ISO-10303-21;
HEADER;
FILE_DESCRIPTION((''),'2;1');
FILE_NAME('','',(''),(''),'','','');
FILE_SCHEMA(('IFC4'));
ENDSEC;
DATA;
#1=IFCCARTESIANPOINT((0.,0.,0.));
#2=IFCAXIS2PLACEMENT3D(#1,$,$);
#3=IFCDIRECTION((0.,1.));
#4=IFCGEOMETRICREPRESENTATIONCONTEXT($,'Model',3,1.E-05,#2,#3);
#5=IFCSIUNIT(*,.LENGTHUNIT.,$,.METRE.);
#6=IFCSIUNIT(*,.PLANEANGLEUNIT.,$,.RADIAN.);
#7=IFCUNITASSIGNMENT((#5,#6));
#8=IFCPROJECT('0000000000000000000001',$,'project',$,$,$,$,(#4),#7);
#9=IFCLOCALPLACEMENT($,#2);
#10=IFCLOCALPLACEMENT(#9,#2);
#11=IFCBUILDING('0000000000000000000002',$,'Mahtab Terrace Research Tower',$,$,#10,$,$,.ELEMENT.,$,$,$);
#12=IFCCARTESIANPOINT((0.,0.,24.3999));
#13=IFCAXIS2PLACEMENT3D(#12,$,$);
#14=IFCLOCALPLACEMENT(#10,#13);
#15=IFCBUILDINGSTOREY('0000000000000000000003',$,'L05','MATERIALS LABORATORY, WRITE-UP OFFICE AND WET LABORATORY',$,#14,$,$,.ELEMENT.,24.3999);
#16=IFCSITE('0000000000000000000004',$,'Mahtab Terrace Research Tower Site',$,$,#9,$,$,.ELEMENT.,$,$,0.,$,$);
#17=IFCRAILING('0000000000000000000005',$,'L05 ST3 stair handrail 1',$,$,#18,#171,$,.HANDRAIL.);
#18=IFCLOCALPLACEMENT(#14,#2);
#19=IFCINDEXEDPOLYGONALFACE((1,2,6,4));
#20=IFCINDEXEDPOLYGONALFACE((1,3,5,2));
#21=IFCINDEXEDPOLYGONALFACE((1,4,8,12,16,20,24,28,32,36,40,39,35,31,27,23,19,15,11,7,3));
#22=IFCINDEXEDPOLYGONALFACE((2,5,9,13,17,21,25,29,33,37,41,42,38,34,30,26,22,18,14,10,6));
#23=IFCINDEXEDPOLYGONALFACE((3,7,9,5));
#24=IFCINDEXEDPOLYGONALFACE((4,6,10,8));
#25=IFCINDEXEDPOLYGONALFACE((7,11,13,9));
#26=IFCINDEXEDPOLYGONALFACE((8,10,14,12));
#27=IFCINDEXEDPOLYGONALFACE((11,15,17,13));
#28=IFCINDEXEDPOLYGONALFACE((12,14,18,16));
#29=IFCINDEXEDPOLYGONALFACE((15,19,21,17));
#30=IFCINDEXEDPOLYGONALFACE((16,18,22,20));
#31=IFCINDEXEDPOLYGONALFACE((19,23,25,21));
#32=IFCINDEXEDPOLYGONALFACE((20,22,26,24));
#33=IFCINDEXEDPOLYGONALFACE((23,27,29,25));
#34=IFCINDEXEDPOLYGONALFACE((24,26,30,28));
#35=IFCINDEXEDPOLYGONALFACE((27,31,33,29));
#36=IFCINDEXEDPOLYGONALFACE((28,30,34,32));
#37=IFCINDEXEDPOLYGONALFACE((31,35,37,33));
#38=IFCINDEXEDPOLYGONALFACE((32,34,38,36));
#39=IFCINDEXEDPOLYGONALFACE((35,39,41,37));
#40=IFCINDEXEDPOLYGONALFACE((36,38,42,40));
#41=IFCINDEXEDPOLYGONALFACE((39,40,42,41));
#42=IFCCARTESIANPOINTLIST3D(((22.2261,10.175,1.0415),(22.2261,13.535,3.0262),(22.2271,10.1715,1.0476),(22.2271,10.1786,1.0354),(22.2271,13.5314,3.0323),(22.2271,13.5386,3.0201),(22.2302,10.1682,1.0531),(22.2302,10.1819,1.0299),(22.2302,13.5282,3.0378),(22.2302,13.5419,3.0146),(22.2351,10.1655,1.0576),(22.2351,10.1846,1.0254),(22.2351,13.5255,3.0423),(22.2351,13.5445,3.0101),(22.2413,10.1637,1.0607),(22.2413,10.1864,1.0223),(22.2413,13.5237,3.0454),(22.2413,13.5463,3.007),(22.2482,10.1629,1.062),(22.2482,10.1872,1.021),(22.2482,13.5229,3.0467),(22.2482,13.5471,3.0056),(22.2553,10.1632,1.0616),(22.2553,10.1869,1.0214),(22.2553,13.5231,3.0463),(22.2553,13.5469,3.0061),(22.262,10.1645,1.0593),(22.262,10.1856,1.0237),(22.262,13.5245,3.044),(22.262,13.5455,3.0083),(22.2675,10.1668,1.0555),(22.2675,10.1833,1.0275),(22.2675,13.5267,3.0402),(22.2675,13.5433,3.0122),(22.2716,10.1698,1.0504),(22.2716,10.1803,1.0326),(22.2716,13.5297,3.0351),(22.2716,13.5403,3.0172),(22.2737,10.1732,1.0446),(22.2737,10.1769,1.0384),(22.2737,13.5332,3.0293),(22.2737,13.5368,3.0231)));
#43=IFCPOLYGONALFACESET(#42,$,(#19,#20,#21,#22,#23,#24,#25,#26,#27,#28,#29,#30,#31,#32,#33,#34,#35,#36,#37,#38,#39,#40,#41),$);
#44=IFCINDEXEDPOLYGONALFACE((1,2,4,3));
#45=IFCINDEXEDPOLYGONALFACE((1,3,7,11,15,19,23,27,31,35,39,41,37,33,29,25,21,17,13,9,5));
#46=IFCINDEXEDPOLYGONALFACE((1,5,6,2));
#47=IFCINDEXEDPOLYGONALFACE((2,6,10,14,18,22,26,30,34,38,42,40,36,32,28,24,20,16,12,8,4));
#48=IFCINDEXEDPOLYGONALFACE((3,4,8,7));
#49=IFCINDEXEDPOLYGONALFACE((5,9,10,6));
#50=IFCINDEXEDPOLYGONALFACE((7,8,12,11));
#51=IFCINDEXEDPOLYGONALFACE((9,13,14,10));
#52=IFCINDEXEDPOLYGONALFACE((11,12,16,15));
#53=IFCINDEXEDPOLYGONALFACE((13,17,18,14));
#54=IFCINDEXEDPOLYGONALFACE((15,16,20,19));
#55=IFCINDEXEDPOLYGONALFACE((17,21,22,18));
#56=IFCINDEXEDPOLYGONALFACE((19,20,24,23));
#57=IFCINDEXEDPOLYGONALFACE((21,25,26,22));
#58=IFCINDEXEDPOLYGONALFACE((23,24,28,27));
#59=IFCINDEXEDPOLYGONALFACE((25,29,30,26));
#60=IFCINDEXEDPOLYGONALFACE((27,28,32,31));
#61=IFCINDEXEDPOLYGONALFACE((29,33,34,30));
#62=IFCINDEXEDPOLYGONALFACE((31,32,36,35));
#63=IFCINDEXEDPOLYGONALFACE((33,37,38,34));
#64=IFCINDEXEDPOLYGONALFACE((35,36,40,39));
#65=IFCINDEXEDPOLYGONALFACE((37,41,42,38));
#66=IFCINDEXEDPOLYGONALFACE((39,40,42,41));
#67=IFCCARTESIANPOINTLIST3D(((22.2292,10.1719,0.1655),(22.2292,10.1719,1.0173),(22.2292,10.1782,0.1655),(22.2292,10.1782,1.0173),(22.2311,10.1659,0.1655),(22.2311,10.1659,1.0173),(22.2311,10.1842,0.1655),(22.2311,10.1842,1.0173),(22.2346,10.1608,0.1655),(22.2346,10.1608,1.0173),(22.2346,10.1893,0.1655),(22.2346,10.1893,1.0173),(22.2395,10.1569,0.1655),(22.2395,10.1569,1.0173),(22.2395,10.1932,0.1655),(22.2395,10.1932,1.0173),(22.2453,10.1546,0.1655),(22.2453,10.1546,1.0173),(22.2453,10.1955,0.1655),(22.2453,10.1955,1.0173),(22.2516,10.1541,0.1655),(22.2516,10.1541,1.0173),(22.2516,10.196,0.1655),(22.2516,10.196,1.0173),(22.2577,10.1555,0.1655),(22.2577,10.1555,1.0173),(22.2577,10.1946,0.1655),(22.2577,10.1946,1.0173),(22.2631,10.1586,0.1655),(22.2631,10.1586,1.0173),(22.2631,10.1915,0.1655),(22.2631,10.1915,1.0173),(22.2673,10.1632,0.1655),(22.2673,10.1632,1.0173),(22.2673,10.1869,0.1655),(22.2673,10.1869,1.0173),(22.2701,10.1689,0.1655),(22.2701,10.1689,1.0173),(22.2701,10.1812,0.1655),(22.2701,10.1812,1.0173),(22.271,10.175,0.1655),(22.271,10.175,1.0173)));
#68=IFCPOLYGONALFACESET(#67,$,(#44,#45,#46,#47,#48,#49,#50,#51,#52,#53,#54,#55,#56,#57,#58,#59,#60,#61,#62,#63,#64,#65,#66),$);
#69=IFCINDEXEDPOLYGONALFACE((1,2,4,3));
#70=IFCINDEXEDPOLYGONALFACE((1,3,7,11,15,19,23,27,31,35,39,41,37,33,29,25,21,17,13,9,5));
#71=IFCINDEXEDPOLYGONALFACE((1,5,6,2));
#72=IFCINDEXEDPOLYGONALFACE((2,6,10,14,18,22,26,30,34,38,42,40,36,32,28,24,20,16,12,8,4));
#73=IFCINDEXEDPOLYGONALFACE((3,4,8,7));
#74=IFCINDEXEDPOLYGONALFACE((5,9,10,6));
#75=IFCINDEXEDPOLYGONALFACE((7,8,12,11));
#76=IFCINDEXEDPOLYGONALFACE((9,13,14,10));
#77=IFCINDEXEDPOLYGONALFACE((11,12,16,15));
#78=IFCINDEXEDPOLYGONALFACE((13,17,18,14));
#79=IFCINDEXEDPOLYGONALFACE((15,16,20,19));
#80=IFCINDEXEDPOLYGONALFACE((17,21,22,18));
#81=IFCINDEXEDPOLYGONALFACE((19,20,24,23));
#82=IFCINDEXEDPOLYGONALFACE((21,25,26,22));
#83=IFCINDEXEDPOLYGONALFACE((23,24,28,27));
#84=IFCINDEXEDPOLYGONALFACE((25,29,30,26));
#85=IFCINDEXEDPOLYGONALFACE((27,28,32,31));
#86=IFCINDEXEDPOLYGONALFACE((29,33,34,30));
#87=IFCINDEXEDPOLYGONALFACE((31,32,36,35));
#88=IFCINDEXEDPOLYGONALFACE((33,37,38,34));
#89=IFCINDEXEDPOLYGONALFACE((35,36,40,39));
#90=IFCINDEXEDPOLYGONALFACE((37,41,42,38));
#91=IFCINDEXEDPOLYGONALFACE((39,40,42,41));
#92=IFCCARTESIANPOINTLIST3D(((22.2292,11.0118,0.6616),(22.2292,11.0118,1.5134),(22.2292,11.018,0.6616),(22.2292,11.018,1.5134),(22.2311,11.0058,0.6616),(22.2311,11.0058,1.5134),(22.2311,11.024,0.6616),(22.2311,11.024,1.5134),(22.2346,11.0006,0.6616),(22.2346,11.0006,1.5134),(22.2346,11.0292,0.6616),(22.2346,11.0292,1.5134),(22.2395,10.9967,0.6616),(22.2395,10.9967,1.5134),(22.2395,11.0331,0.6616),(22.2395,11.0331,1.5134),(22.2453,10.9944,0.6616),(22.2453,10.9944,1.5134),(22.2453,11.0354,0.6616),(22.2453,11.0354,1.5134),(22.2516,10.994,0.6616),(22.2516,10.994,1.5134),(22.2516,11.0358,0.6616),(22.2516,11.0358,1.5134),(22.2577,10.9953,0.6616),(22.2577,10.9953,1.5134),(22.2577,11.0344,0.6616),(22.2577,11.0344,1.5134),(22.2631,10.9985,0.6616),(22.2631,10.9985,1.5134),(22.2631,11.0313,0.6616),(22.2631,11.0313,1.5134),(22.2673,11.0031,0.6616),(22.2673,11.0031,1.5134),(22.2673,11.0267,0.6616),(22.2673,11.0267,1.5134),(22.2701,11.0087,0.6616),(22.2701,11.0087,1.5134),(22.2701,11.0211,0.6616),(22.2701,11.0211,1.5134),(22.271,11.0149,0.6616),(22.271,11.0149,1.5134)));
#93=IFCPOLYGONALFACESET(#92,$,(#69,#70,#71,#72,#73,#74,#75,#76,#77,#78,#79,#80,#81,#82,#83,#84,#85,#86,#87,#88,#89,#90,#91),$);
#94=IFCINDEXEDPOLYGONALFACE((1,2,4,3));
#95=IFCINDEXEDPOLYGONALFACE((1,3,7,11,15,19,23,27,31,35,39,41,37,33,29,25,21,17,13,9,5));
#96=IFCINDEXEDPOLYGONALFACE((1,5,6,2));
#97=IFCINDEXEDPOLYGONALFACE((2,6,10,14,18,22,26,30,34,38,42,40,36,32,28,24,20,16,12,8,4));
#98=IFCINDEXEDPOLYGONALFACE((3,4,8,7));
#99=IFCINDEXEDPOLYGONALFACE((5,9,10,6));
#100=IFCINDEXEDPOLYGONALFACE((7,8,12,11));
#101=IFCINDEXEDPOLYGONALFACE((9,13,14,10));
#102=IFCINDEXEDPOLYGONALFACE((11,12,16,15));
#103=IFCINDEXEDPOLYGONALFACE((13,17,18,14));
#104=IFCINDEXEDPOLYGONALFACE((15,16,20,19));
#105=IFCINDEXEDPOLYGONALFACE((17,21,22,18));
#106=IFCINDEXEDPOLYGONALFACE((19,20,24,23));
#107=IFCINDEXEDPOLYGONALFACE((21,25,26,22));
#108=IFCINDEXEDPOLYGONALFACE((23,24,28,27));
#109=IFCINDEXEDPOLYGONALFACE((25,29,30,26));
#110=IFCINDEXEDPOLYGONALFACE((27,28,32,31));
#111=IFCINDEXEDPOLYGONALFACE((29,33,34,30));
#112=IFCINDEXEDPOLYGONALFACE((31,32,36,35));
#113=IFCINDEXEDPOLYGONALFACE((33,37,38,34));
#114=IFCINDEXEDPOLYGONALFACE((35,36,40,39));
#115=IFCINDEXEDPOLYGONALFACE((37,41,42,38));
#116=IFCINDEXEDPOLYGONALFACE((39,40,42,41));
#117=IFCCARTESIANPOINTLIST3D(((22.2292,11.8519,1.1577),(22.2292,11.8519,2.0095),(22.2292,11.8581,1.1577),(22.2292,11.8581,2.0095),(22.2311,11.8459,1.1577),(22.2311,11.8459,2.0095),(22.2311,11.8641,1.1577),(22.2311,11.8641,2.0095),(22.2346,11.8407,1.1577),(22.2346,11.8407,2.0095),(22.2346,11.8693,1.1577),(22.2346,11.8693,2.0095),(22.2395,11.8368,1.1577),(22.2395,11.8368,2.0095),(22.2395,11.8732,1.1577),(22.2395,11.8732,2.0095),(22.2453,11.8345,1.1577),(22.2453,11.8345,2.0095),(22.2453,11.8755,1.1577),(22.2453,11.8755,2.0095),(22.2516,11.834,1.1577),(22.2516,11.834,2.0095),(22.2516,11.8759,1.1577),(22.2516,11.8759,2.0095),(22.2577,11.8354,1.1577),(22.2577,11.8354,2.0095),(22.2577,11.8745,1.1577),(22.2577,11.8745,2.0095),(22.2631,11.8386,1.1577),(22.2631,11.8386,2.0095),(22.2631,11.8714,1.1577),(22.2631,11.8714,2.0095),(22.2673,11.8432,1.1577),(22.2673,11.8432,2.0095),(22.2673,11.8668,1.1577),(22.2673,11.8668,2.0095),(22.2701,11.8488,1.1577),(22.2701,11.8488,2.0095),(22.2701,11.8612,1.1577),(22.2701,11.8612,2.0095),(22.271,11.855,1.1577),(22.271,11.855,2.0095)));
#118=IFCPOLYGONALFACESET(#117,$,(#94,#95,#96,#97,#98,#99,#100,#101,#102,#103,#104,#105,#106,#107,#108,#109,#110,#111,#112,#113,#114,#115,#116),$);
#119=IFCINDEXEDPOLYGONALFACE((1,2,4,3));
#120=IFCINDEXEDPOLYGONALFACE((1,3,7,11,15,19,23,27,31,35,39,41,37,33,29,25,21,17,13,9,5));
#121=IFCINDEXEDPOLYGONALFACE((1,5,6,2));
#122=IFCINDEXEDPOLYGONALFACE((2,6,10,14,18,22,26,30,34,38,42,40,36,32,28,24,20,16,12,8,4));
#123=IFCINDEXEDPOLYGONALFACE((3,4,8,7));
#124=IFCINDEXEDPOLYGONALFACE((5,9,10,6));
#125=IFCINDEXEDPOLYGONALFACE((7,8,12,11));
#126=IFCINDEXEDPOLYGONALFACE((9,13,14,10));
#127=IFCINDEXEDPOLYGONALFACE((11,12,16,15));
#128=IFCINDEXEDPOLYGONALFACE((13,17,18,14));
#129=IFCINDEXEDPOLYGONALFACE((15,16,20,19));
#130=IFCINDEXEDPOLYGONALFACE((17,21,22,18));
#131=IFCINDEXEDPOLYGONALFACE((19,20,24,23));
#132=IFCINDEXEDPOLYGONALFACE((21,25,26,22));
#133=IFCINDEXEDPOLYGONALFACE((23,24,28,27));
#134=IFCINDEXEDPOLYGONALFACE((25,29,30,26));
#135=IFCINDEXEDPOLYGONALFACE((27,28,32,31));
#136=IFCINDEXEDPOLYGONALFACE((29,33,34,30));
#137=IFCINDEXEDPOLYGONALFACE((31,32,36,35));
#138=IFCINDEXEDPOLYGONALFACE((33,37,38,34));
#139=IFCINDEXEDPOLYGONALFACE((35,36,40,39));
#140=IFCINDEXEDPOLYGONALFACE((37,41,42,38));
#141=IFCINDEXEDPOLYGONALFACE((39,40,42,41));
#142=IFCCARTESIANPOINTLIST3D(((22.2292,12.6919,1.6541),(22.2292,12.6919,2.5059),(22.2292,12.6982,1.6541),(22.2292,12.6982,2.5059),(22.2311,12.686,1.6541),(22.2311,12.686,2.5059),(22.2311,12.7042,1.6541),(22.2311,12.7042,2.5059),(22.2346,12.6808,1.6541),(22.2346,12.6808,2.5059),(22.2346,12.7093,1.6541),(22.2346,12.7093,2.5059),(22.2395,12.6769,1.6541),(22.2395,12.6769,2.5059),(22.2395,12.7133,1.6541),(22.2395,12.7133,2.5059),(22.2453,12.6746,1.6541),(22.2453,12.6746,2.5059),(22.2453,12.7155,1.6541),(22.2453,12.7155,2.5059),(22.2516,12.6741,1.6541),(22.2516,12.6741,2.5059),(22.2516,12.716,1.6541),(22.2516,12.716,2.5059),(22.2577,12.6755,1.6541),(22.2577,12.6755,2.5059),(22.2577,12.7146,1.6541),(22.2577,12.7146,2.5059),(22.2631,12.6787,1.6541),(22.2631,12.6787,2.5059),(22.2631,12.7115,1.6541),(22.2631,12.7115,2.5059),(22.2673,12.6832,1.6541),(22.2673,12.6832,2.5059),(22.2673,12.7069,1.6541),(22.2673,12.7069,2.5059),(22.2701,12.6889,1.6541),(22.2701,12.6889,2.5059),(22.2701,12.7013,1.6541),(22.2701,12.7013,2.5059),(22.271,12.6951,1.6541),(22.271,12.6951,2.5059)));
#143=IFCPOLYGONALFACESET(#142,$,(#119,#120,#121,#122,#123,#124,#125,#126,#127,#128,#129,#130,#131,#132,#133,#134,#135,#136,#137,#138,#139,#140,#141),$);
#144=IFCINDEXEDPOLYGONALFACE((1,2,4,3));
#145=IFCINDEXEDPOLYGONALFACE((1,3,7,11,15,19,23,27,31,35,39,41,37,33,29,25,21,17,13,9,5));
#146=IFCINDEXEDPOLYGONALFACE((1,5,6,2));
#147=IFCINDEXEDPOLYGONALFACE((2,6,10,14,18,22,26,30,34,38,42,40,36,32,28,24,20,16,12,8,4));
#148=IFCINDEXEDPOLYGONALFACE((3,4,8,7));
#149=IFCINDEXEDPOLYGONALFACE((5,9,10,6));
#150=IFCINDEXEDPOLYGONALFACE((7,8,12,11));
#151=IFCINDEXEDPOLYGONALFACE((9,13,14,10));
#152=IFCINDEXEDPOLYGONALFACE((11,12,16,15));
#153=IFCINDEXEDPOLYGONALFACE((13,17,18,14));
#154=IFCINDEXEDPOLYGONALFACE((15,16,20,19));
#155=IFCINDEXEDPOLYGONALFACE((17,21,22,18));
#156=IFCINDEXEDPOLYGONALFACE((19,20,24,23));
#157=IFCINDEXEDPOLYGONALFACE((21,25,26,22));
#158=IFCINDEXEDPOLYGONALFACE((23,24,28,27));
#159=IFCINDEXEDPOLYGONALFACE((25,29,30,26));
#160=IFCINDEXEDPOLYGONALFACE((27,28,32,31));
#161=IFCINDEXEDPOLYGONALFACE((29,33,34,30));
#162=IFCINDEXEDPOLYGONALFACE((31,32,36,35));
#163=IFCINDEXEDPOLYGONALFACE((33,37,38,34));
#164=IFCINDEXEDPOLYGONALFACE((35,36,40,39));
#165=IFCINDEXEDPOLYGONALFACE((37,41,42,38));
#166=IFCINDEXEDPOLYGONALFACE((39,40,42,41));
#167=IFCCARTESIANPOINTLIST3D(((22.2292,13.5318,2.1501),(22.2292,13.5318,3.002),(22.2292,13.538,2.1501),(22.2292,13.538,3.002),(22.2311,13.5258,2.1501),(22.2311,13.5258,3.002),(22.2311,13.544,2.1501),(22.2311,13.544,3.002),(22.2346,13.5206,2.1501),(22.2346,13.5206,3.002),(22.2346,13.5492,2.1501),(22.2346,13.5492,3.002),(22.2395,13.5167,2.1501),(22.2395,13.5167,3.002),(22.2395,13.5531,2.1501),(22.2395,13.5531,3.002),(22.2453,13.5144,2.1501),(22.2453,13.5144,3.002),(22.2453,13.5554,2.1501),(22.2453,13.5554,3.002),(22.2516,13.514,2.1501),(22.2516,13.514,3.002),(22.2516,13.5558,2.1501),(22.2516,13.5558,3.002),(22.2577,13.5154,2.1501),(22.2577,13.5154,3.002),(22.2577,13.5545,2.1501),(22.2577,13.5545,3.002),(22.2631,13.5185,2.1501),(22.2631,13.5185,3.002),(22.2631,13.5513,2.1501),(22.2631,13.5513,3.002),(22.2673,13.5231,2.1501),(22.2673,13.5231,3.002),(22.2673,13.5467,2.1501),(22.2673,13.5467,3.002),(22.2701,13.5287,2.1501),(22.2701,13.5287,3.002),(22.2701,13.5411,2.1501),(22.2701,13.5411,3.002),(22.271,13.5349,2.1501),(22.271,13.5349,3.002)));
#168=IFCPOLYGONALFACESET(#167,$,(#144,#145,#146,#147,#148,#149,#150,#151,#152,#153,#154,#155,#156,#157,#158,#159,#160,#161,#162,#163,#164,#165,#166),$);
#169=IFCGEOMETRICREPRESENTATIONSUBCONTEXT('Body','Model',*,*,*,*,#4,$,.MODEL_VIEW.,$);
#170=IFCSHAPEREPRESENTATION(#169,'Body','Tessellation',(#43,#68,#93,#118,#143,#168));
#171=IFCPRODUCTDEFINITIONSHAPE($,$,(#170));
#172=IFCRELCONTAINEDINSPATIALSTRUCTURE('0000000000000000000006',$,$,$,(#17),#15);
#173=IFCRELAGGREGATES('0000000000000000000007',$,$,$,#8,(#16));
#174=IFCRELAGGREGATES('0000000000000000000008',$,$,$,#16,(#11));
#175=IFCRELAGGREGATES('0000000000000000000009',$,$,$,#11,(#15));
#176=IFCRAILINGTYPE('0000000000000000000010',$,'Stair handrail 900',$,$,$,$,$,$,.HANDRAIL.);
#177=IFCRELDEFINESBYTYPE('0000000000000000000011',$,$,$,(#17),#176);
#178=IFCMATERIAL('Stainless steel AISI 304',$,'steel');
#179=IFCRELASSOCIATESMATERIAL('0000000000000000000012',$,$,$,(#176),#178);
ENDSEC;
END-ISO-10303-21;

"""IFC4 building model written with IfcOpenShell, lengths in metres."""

from ifc_helpers import new_model, si_unit, direction, frame, origin, origin_2d, place, context, subcontext, project, spatial, circle, extrude, material, type_object, element, save


model = new_model("IFC4")

# Units and contexts
model_context = context("Model", 3, precision=1e-05, world=origin(), true_north=direction((0.0, 1.0)))
body_context = subcontext(model_context, "Body", "Model", "MODEL_VIEW")
ifc_project = project(units=[si_unit("LENGTHUNIT", "METRE"), si_unit("PLANEANGLEUNIT", "RADIAN")], contexts=[model_context])

# Site, building, storey
site_placement = place(None, origin())
site = spatial("IfcSite", under=ifc_project, at=site_placement, Name="Mahtab Terrace Research Tower Site", CompositionType="ELEMENT", RefElevation=0.0)
building_placement = place(site_placement, origin())
building = spatial("IfcBuilding", under=site, at=building_placement, Name="Mahtab Terrace Research Tower", CompositionType="ELEMENT")
storey_placement = place(building_placement, frame((0.0, 0.0, 24.3999)))
storey = spatial("IfcBuildingStorey", under=building, at=storey_placement, Name="L05", Description="MATERIALS LABORATORY, WRITE-UP OFFICE AND WET LABORATORY", CompositionType="ELEMENT", Elevation=24.3999)

# Railing
ifc_material_1 = material(Name="Stainless steel AISI 304", Category="steel")
railing_type_1 = type_object("IfcRailingType", Name="Stair handrail 900", PredefinedType="HANDRAIL", material=ifc_material_1)
railing_1_placement = place(storey_placement, frame((22.25, 10.175, 0.1655)))
element("IfcRailing", 1, at=railing_1_placement, inside=storey, type_object=railing_type_1, Name="L05 ST3 stair handrail 1", PredefinedType="HANDRAIL", context=body_context, shape_type="SweptSolid", body=[
    extrude(circle(Radius=0.0239, at=origin_2d()), frame((0.0, 0.0, 0.876), z_axis=(0.0, 0.861011, 0.508586), x_axis=(-1.0, 0.0, 0.0)), (0.0, 0.0, 1.0), 3.9023),
    extrude(circle(Radius=0.021, at=origin_2d()), origin(), (0.0, 0.0, 1.0), 0.8518),
    extrude(circle(Radius=0.021, at=origin_2d()), frame((0.0, 0.8398, 0.4961)), (0.0, 0.0, 1.0), 0.8518),
    extrude(circle(Radius=0.021, at=origin_2d()), frame((0.0, 1.6799, 0.9922)), (0.0, 0.0, 1.0), 0.8518),
    extrude(circle(Radius=0.021, at=origin_2d()), frame((0.0, 2.52, 1.4885)), (0.0, 0.0, 1.0), 0.8518),
    extrude(circle(Radius=0.021, at=origin_2d()), frame((0.0, 3.3599, 1.9846)), (0.0, 0.0, 1.0), 0.8518),
])

save(model, "model.ifc")
